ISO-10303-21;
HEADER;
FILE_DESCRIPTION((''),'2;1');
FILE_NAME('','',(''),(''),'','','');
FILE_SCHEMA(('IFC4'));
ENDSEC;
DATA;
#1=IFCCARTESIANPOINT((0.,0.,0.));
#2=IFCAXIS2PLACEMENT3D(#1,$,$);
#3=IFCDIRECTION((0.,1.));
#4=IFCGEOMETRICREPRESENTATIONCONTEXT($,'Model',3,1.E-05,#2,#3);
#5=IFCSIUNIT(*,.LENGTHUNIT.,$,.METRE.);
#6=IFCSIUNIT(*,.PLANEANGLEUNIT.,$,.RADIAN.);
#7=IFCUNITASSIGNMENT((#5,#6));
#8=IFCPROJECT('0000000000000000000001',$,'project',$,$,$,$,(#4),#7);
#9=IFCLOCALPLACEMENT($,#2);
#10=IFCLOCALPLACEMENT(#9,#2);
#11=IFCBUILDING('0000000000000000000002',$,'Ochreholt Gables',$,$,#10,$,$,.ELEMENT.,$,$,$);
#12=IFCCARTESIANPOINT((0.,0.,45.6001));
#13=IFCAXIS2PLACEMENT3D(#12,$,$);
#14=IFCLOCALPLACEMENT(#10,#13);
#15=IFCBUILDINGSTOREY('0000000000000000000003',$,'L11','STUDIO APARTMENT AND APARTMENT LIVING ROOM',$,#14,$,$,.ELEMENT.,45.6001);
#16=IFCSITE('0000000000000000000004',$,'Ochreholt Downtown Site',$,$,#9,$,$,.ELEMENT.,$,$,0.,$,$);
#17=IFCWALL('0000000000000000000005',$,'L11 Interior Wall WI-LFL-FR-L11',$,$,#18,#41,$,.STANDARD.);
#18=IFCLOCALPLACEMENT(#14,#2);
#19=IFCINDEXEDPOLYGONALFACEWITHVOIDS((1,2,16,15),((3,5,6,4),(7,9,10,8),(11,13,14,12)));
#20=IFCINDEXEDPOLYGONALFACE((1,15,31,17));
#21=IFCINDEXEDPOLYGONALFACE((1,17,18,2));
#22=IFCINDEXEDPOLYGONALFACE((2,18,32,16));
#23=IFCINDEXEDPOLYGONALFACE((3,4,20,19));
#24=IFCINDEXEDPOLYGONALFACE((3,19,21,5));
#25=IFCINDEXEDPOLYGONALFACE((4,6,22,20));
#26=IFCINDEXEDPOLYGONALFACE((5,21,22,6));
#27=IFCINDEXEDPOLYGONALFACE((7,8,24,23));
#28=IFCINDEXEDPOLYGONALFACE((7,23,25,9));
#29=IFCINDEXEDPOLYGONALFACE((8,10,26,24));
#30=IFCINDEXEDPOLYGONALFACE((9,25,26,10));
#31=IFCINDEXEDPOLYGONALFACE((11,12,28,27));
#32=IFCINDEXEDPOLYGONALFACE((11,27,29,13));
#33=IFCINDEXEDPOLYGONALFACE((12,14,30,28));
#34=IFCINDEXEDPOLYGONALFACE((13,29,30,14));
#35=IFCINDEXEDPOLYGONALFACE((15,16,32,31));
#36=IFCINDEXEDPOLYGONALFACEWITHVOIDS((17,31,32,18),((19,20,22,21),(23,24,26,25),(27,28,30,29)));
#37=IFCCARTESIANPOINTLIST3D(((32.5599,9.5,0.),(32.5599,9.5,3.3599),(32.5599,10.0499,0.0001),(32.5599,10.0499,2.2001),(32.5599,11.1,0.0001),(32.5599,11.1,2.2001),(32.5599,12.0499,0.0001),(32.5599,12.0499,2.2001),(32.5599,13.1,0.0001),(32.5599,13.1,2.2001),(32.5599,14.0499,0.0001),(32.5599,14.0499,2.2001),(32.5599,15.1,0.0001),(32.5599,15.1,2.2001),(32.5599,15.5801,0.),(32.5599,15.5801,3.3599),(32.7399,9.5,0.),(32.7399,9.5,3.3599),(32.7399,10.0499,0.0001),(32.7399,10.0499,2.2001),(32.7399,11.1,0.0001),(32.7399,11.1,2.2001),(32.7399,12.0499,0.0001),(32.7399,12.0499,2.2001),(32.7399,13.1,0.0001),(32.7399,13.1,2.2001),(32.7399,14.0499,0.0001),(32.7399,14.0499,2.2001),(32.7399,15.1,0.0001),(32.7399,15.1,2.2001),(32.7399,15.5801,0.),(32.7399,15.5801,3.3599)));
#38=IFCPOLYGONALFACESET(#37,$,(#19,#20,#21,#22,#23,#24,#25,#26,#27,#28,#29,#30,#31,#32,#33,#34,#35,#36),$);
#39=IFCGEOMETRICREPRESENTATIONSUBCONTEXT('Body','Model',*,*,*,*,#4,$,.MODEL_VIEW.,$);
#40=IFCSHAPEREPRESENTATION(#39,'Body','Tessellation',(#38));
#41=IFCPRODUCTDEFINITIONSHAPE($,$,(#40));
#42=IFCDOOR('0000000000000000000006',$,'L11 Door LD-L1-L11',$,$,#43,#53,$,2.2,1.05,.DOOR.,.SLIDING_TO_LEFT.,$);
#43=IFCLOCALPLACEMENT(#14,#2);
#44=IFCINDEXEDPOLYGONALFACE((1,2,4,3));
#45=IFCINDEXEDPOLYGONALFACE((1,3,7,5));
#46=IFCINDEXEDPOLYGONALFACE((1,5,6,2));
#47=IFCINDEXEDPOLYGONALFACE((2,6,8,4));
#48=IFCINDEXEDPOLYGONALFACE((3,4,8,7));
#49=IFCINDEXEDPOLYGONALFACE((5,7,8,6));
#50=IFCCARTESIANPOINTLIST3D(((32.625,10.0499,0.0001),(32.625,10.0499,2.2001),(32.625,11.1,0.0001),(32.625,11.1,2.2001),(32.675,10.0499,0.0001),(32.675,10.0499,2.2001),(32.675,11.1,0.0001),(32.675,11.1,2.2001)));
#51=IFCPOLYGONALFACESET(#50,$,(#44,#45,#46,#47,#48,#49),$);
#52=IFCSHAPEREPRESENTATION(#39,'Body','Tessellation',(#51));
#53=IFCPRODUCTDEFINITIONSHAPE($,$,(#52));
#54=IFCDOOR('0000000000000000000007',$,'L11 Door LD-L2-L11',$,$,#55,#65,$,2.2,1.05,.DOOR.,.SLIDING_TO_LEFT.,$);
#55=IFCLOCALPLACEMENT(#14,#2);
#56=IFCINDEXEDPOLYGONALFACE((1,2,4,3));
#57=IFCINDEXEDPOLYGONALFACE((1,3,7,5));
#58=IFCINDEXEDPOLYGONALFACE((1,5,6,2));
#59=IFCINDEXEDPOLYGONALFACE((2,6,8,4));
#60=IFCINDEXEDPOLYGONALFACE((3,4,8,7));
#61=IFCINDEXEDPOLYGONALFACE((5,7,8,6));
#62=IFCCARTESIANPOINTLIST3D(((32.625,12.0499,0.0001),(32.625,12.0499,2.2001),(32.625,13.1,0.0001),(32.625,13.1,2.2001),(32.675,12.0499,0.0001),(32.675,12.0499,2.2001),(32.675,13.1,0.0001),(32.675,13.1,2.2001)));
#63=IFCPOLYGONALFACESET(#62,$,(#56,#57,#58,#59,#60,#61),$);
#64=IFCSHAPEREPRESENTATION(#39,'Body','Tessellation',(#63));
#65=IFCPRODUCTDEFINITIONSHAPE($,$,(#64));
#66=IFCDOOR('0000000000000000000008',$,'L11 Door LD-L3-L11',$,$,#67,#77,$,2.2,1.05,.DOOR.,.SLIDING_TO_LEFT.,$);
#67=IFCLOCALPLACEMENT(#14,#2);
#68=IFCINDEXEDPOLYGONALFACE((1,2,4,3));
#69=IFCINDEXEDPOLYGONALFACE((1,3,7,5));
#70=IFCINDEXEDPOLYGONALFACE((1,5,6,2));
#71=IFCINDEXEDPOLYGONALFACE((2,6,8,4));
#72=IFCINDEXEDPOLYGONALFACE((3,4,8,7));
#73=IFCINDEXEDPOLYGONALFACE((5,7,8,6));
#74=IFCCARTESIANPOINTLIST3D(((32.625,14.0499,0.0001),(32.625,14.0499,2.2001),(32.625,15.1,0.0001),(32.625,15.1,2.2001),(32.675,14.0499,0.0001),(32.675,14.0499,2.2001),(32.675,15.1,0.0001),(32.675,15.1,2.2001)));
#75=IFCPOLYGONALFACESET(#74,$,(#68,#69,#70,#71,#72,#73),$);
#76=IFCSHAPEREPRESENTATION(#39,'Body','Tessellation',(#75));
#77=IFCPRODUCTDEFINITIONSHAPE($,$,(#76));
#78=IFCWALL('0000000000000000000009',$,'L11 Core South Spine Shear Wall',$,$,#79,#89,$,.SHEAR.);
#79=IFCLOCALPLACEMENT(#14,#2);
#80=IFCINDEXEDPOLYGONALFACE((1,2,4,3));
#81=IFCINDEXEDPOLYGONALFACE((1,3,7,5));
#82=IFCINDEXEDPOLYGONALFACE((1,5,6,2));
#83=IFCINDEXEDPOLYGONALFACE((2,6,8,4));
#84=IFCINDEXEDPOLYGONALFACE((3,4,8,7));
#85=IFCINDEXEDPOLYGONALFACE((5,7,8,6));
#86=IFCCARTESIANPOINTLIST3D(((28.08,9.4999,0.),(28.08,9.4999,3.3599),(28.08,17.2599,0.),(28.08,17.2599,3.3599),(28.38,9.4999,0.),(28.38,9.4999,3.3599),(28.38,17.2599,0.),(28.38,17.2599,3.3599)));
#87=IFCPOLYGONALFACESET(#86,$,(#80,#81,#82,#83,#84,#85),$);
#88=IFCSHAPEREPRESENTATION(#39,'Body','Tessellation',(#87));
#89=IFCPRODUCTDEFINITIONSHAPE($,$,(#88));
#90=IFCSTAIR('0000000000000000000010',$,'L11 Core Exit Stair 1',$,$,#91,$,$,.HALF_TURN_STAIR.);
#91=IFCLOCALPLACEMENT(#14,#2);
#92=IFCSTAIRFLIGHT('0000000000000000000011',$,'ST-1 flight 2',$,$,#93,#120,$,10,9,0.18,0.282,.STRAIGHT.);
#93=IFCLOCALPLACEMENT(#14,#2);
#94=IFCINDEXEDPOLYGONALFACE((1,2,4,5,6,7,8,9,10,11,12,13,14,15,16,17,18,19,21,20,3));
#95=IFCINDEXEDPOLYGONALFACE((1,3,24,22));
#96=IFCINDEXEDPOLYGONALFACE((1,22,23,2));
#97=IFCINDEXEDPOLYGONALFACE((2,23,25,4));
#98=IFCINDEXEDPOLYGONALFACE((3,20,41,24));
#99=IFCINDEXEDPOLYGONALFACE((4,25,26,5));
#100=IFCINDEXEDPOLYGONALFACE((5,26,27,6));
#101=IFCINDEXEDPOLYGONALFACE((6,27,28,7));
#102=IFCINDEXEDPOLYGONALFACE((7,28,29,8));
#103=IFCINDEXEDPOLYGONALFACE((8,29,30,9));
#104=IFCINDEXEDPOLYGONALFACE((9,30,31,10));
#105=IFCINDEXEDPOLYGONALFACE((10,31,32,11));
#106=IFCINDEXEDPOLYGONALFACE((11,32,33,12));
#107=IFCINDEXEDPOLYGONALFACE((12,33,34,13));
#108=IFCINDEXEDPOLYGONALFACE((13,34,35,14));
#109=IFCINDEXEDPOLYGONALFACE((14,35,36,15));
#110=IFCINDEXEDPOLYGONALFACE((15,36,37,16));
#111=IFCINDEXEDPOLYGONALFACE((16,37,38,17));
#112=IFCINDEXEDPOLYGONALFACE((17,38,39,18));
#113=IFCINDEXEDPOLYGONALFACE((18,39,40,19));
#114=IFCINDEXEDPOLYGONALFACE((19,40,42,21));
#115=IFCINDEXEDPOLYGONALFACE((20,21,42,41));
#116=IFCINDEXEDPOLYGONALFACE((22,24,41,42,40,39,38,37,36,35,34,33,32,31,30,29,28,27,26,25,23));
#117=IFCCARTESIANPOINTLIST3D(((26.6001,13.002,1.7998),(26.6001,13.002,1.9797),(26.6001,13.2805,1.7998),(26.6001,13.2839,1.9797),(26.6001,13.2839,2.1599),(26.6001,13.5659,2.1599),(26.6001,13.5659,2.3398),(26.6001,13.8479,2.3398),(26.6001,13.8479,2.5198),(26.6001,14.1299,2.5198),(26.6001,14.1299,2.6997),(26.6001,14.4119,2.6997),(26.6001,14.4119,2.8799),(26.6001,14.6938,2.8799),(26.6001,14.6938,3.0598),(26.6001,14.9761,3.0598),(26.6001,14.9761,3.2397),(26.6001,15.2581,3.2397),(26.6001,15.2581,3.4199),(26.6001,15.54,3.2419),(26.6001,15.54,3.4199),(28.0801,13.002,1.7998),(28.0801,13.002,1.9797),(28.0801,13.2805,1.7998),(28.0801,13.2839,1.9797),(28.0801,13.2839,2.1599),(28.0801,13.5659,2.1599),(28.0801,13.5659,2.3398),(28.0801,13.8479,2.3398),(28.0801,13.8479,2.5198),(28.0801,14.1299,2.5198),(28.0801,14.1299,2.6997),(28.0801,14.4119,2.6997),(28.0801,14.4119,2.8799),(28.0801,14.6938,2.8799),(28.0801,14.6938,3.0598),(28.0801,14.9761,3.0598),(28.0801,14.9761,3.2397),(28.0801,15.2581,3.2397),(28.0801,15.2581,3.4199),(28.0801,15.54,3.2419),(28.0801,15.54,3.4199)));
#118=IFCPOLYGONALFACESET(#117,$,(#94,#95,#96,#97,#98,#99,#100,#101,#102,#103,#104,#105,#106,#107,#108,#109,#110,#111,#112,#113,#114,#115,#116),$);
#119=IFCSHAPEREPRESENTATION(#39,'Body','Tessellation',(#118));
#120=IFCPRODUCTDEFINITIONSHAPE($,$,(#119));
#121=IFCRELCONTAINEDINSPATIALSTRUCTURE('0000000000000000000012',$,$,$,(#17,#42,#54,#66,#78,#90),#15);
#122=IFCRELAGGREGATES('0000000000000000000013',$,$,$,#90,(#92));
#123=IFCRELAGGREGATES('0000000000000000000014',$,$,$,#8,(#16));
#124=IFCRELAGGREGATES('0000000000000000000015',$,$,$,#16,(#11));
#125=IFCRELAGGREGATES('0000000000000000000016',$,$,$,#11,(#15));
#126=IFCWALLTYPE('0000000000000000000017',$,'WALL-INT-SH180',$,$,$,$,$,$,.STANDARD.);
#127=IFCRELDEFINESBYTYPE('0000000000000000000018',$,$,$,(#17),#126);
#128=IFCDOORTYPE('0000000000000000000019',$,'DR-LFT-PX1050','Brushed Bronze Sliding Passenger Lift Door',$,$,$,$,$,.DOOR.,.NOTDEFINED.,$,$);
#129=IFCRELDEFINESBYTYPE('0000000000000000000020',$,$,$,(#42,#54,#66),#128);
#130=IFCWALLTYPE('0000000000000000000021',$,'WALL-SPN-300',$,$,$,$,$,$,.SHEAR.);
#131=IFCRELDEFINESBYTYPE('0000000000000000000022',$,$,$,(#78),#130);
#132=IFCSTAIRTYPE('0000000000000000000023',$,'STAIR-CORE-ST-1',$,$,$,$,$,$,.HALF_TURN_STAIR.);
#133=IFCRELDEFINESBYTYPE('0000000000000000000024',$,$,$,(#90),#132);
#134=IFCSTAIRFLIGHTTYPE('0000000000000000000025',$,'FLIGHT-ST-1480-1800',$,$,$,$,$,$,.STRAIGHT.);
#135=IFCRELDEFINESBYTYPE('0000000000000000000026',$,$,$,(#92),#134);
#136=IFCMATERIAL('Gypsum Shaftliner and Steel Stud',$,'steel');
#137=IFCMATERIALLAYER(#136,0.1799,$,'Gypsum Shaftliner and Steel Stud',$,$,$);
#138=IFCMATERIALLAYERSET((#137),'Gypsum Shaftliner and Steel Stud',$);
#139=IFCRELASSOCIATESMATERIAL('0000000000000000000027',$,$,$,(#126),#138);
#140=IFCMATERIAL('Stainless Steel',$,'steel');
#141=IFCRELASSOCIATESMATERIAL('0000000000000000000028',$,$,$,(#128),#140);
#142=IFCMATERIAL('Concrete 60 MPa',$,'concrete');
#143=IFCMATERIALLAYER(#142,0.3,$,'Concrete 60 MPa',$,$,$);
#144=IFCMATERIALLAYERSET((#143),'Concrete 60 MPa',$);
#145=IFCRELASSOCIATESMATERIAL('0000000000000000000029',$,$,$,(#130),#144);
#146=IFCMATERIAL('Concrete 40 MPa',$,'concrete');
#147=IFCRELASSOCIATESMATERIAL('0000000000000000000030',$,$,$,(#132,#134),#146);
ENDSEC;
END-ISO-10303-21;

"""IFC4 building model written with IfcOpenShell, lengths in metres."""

from ifc_helpers import new_model, si_unit, direction, frame, frame_2d, origin, place, context, subcontext, project, spatial, polyline, rectangle, outline, extrude, material, layer, layer_set, type_object, element, fill, aggregate, save


model = new_model("IFC4")

# Units and contexts
model_context = context("Model", 3, precision=1e-05, world=origin(), true_north=direction((0.0, 1.0)))
body_context = subcontext(model_context, "Body", "Model", "MODEL_VIEW")
ifc_project = project(units=[si_unit("LENGTHUNIT", "METRE"), si_unit("PLANEANGLEUNIT", "RADIAN")], contexts=[model_context])

# Site, building, storey
site_placement = place(None, origin())
site = spatial("IfcSite", under=ifc_project, at=site_placement, Name="Ochreholt Downtown Site", CompositionType="ELEMENT", RefElevation=0.0)
building_placement = place(site_placement, origin())
building = spatial("IfcBuilding", under=site, at=building_placement, Name="Ochreholt Gables", CompositionType="ELEMENT")
storey_placement = place(building_placement, frame((0.0, 0.0, 45.6001)))
storey = spatial("IfcBuildingStorey", under=building, at=storey_placement, Name="L11", Description="STUDIO APARTMENT AND APARTMENT LIVING ROOM", CompositionType="ELEMENT", Elevation=45.6001)

# Shared definitions
ifc_material_1 = material(Name="Concrete 60 MPa", Category="concrete")

# Shared definitions
ifc_material_2 = material(Name="Gypsum Shaftliner and Steel Stud", Category="steel")

# Wall, openings, doors
ifc_layer_1 = layer(ifc_material_2, 0.1799, Name="Gypsum Shaftliner and Steel Stud")
ifc_layer_set_1 = layer_set([ifc_layer_1], Name="Gypsum Shaftliner and Steel Stud")
wall_type_1 = type_object("IfcWallType", Name="WALL-INT-SH180", PredefinedType="STANDARD", material=ifc_layer_set_1)
wall_1_placement = place(storey_placement, frame((32.6499, 9.5, 0.0), z_axis=(0.0, 0.0, 1.0), x_axis=(0.0, 1.0, 0.0)))
wall_1 = element("IfcWall", 1, at=wall_1_placement, inside=storey, type_object=wall_type_1, Name="L11 Interior Wall WI-LFL-FR-L11", PredefinedType="STANDARD", context=body_context, shape_type="SweptSolid", body=[
    extrude(rectangle(XDim=6.0801, YDim=0.1799, at=frame_2d((3.04, 0.0))), origin(), (0.0, 0.0, 1.0), 3.3599),
])
opening_1_placement = place(wall_1_placement, frame((0.55, 0.0, 0.0)))
opening_1 = element("IfcOpeningElement", 2, at=opening_1_placement, cuts=wall_1, PredefinedType="OPENING", context=body_context, shape_type="SweptSolid", body=[
    extrude(rectangle(XDim=1.05, YDim=2.2, at=frame_2d((0.5249, 1.1001))), frame((0.0, 0.0999, 0.0), z_axis=(0.0, -1.0, 0.0), x_axis=(1.0, 0.0, 0.0)), (0.0, 0.0, 1.0), 0.2),
])
opening_2_placement = place(wall_1_placement, frame((2.55, 0.0, 0.0)))
opening_2 = element("IfcOpeningElement", 3, at=opening_2_placement, cuts=wall_1, PredefinedType="OPENING", context=body_context, shape_type="SweptSolid", body=[
    extrude(rectangle(XDim=1.05, YDim=2.2, at=frame_2d((0.5249, 1.1001))), frame((0.0, 0.0999, 0.0), z_axis=(0.0, -1.0, 0.0), x_axis=(1.0, 0.0, 0.0)), (0.0, 0.0, 1.0), 0.2),
])
opening_3_placement = place(wall_1_placement, frame((4.55, 0.0, 0.0)))
opening_3 = element("IfcOpeningElement", 4, at=opening_3_placement, cuts=wall_1, PredefinedType="OPENING", context=body_context, shape_type="SweptSolid", body=[
    extrude(rectangle(XDim=1.05, YDim=2.2, at=frame_2d((0.5249, 1.1001))), frame((0.0, 0.0999, 0.0), z_axis=(0.0, -1.0, 0.0), x_axis=(1.0, 0.0, 0.0)), (0.0, 0.0, 1.0), 0.2),
])
ifc_material_3 = material(Name="Stainless Steel", Category="steel")
door_type_1 = type_object("IfcDoorType", Name="DR-LFT-PX1050", Description="Brushed Bronze Sliding Passenger Lift Door", OperationType="NOTDEFINED", PredefinedType="DOOR", material=ifc_material_3)
door_1_placement = place(opening_1_placement, origin())
door_1 = element("IfcDoor", 5, at=door_1_placement, inside=storey, type_object=door_type_1, Name="L11 Door LD-L1-L11", OperationType="SLIDING_TO_LEFT", OverallHeight=2.2, OverallWidth=1.05, PredefinedType="DOOR", context=body_context, shape_type="SweptSolid", body=[
    extrude(rectangle(XDim=1.05, YDim=2.2, at=frame_2d((0.5249, 1.1001))), frame((0.0, 0.0249, 0.0), z_axis=(0.0, -1.0, 0.0), x_axis=(1.0, 0.0, 0.0)), (0.0, 0.0, 1.0), 0.05),
])
fill(opening_1, door_1)
door_2_placement = place(opening_2_placement, origin())
door_2 = element("IfcDoor", 6, at=door_2_placement, inside=storey, type_object=door_type_1, Name="L11 Door LD-L2-L11", OperationType="SLIDING_TO_LEFT", OverallHeight=2.2, OverallWidth=1.05, PredefinedType="DOOR", context=body_context, shape_type="SweptSolid", body=[
    extrude(rectangle(XDim=1.05, YDim=2.2, at=frame_2d((0.5249, 1.1001))), frame((0.0, 0.0249, 0.0), z_axis=(0.0, -1.0, 0.0), x_axis=(1.0, 0.0, 0.0)), (0.0, 0.0, 1.0), 0.05),
])
fill(opening_2, door_2)
door_3_placement = place(opening_3_placement, origin())
door_3 = element("IfcDoor", 7, at=door_3_placement, inside=storey, type_object=door_type_1, Name="L11 Door LD-L3-L11", OperationType="SLIDING_TO_LEFT", OverallHeight=2.2, OverallWidth=1.05, PredefinedType="DOOR", context=body_context, shape_type="SweptSolid", body=[
    extrude(rectangle(XDim=1.05, YDim=2.2, at=frame_2d((0.5249, 1.1001))), frame((0.0, 0.0249, 0.0), z_axis=(0.0, -1.0, 0.0), x_axis=(1.0, 0.0, 0.0)), (0.0, 0.0, 1.0), 0.05),
])
fill(opening_3, door_3)

# Wall
ifc_layer_2 = layer(ifc_material_1, 0.3, Name="Concrete 60 MPa")
ifc_layer_set_2 = layer_set([ifc_layer_2], Name="Concrete 60 MPa")
wall_type_2 = type_object("IfcWallType", Name="WALL-SPN-300", PredefinedType="SHEAR", material=ifc_layer_set_2)
wall_2_placement = place(storey_placement, frame((28.23, 9.5, 0.0), z_axis=(0.0, 0.0, 1.0), x_axis=(0.0, 1.0, 0.0)))
element("IfcWall", 8, at=wall_2_placement, inside=storey, type_object=wall_type_2, Name="L11 Core South Spine Shear Wall", PredefinedType="SHEAR", context=body_context, shape_type="SweptSolid", body=[
    extrude(rectangle(XDim=7.76, YDim=0.3, at=frame_2d((3.8799, 0.0))), origin(), (0.0, 0.0, 1.0), 3.3599),
])

# Stair, stair flight
ifc_material_4 = material(Name="Concrete 40 MPa", Category="concrete")
stair_type = type_object("IfcStairType", Name="STAIR-CORE-ST-1", PredefinedType="HALF_TURN_STAIR", material=ifc_material_4)
stair_placement = place(storey_placement, origin())
stair = element("IfcStair", 9, at=stair_placement, inside=storey, type_object=stair_type, Name="L11 Core Exit Stair 1", PredefinedType="HALF_TURN_STAIR")
stair_flight_type = type_object("IfcStairFlightType", Name="FLIGHT-ST-1480-1800", PredefinedType="STRAIGHT", material=ifc_material_4)
stair_flight_placement = place(storey_placement, frame((27.3401, 13.002, 1.7998), z_axis=(0.0, 0.0, 1.0), x_axis=(0.0, 1.0, 0.0)))
stair_flight = element("IfcStairFlight", 10, at=stair_flight_placement, type_object=stair_flight_type, Name="ST-1 flight 2", NumberOfRisers=10, NumberOfTreads=9, PredefinedType="STRAIGHT", RiserHeight=0.18, TreadLength=0.282, context=body_context, shape_type="SweptSolid", body=[
    extrude(outline(polyline([(0.0, 0.0), (0.0, 0.1799), (0.282, 0.1799), (0.282, 0.3601), (0.564, 0.3601), (0.564, 0.54), (0.8459, 0.54), (0.8459, 0.72), (1.1279, 0.72), (1.1279, 0.8999), (1.4099, 0.8999), (1.4099, 1.0801), (1.6919, 1.0801), (1.6919, 1.26), (1.9741, 1.26), (1.9741, 1.4399), (2.2561, 1.4399), (2.2561, 1.6201), (2.5381, 1.6201), (2.5381, 1.8), (2.5381, 1.4421), (0.2786, 0.0), (0.0, 0.0)])), frame((0.0, 0.74, 0.0), z_axis=(0.0, -1.0, 0.0), x_axis=(1.0, 0.0, 0.0)), (0.0, 0.0, 1.0), 1.48),
])
aggregate(stair, [stair_flight])

save(model, "model.ifc")
